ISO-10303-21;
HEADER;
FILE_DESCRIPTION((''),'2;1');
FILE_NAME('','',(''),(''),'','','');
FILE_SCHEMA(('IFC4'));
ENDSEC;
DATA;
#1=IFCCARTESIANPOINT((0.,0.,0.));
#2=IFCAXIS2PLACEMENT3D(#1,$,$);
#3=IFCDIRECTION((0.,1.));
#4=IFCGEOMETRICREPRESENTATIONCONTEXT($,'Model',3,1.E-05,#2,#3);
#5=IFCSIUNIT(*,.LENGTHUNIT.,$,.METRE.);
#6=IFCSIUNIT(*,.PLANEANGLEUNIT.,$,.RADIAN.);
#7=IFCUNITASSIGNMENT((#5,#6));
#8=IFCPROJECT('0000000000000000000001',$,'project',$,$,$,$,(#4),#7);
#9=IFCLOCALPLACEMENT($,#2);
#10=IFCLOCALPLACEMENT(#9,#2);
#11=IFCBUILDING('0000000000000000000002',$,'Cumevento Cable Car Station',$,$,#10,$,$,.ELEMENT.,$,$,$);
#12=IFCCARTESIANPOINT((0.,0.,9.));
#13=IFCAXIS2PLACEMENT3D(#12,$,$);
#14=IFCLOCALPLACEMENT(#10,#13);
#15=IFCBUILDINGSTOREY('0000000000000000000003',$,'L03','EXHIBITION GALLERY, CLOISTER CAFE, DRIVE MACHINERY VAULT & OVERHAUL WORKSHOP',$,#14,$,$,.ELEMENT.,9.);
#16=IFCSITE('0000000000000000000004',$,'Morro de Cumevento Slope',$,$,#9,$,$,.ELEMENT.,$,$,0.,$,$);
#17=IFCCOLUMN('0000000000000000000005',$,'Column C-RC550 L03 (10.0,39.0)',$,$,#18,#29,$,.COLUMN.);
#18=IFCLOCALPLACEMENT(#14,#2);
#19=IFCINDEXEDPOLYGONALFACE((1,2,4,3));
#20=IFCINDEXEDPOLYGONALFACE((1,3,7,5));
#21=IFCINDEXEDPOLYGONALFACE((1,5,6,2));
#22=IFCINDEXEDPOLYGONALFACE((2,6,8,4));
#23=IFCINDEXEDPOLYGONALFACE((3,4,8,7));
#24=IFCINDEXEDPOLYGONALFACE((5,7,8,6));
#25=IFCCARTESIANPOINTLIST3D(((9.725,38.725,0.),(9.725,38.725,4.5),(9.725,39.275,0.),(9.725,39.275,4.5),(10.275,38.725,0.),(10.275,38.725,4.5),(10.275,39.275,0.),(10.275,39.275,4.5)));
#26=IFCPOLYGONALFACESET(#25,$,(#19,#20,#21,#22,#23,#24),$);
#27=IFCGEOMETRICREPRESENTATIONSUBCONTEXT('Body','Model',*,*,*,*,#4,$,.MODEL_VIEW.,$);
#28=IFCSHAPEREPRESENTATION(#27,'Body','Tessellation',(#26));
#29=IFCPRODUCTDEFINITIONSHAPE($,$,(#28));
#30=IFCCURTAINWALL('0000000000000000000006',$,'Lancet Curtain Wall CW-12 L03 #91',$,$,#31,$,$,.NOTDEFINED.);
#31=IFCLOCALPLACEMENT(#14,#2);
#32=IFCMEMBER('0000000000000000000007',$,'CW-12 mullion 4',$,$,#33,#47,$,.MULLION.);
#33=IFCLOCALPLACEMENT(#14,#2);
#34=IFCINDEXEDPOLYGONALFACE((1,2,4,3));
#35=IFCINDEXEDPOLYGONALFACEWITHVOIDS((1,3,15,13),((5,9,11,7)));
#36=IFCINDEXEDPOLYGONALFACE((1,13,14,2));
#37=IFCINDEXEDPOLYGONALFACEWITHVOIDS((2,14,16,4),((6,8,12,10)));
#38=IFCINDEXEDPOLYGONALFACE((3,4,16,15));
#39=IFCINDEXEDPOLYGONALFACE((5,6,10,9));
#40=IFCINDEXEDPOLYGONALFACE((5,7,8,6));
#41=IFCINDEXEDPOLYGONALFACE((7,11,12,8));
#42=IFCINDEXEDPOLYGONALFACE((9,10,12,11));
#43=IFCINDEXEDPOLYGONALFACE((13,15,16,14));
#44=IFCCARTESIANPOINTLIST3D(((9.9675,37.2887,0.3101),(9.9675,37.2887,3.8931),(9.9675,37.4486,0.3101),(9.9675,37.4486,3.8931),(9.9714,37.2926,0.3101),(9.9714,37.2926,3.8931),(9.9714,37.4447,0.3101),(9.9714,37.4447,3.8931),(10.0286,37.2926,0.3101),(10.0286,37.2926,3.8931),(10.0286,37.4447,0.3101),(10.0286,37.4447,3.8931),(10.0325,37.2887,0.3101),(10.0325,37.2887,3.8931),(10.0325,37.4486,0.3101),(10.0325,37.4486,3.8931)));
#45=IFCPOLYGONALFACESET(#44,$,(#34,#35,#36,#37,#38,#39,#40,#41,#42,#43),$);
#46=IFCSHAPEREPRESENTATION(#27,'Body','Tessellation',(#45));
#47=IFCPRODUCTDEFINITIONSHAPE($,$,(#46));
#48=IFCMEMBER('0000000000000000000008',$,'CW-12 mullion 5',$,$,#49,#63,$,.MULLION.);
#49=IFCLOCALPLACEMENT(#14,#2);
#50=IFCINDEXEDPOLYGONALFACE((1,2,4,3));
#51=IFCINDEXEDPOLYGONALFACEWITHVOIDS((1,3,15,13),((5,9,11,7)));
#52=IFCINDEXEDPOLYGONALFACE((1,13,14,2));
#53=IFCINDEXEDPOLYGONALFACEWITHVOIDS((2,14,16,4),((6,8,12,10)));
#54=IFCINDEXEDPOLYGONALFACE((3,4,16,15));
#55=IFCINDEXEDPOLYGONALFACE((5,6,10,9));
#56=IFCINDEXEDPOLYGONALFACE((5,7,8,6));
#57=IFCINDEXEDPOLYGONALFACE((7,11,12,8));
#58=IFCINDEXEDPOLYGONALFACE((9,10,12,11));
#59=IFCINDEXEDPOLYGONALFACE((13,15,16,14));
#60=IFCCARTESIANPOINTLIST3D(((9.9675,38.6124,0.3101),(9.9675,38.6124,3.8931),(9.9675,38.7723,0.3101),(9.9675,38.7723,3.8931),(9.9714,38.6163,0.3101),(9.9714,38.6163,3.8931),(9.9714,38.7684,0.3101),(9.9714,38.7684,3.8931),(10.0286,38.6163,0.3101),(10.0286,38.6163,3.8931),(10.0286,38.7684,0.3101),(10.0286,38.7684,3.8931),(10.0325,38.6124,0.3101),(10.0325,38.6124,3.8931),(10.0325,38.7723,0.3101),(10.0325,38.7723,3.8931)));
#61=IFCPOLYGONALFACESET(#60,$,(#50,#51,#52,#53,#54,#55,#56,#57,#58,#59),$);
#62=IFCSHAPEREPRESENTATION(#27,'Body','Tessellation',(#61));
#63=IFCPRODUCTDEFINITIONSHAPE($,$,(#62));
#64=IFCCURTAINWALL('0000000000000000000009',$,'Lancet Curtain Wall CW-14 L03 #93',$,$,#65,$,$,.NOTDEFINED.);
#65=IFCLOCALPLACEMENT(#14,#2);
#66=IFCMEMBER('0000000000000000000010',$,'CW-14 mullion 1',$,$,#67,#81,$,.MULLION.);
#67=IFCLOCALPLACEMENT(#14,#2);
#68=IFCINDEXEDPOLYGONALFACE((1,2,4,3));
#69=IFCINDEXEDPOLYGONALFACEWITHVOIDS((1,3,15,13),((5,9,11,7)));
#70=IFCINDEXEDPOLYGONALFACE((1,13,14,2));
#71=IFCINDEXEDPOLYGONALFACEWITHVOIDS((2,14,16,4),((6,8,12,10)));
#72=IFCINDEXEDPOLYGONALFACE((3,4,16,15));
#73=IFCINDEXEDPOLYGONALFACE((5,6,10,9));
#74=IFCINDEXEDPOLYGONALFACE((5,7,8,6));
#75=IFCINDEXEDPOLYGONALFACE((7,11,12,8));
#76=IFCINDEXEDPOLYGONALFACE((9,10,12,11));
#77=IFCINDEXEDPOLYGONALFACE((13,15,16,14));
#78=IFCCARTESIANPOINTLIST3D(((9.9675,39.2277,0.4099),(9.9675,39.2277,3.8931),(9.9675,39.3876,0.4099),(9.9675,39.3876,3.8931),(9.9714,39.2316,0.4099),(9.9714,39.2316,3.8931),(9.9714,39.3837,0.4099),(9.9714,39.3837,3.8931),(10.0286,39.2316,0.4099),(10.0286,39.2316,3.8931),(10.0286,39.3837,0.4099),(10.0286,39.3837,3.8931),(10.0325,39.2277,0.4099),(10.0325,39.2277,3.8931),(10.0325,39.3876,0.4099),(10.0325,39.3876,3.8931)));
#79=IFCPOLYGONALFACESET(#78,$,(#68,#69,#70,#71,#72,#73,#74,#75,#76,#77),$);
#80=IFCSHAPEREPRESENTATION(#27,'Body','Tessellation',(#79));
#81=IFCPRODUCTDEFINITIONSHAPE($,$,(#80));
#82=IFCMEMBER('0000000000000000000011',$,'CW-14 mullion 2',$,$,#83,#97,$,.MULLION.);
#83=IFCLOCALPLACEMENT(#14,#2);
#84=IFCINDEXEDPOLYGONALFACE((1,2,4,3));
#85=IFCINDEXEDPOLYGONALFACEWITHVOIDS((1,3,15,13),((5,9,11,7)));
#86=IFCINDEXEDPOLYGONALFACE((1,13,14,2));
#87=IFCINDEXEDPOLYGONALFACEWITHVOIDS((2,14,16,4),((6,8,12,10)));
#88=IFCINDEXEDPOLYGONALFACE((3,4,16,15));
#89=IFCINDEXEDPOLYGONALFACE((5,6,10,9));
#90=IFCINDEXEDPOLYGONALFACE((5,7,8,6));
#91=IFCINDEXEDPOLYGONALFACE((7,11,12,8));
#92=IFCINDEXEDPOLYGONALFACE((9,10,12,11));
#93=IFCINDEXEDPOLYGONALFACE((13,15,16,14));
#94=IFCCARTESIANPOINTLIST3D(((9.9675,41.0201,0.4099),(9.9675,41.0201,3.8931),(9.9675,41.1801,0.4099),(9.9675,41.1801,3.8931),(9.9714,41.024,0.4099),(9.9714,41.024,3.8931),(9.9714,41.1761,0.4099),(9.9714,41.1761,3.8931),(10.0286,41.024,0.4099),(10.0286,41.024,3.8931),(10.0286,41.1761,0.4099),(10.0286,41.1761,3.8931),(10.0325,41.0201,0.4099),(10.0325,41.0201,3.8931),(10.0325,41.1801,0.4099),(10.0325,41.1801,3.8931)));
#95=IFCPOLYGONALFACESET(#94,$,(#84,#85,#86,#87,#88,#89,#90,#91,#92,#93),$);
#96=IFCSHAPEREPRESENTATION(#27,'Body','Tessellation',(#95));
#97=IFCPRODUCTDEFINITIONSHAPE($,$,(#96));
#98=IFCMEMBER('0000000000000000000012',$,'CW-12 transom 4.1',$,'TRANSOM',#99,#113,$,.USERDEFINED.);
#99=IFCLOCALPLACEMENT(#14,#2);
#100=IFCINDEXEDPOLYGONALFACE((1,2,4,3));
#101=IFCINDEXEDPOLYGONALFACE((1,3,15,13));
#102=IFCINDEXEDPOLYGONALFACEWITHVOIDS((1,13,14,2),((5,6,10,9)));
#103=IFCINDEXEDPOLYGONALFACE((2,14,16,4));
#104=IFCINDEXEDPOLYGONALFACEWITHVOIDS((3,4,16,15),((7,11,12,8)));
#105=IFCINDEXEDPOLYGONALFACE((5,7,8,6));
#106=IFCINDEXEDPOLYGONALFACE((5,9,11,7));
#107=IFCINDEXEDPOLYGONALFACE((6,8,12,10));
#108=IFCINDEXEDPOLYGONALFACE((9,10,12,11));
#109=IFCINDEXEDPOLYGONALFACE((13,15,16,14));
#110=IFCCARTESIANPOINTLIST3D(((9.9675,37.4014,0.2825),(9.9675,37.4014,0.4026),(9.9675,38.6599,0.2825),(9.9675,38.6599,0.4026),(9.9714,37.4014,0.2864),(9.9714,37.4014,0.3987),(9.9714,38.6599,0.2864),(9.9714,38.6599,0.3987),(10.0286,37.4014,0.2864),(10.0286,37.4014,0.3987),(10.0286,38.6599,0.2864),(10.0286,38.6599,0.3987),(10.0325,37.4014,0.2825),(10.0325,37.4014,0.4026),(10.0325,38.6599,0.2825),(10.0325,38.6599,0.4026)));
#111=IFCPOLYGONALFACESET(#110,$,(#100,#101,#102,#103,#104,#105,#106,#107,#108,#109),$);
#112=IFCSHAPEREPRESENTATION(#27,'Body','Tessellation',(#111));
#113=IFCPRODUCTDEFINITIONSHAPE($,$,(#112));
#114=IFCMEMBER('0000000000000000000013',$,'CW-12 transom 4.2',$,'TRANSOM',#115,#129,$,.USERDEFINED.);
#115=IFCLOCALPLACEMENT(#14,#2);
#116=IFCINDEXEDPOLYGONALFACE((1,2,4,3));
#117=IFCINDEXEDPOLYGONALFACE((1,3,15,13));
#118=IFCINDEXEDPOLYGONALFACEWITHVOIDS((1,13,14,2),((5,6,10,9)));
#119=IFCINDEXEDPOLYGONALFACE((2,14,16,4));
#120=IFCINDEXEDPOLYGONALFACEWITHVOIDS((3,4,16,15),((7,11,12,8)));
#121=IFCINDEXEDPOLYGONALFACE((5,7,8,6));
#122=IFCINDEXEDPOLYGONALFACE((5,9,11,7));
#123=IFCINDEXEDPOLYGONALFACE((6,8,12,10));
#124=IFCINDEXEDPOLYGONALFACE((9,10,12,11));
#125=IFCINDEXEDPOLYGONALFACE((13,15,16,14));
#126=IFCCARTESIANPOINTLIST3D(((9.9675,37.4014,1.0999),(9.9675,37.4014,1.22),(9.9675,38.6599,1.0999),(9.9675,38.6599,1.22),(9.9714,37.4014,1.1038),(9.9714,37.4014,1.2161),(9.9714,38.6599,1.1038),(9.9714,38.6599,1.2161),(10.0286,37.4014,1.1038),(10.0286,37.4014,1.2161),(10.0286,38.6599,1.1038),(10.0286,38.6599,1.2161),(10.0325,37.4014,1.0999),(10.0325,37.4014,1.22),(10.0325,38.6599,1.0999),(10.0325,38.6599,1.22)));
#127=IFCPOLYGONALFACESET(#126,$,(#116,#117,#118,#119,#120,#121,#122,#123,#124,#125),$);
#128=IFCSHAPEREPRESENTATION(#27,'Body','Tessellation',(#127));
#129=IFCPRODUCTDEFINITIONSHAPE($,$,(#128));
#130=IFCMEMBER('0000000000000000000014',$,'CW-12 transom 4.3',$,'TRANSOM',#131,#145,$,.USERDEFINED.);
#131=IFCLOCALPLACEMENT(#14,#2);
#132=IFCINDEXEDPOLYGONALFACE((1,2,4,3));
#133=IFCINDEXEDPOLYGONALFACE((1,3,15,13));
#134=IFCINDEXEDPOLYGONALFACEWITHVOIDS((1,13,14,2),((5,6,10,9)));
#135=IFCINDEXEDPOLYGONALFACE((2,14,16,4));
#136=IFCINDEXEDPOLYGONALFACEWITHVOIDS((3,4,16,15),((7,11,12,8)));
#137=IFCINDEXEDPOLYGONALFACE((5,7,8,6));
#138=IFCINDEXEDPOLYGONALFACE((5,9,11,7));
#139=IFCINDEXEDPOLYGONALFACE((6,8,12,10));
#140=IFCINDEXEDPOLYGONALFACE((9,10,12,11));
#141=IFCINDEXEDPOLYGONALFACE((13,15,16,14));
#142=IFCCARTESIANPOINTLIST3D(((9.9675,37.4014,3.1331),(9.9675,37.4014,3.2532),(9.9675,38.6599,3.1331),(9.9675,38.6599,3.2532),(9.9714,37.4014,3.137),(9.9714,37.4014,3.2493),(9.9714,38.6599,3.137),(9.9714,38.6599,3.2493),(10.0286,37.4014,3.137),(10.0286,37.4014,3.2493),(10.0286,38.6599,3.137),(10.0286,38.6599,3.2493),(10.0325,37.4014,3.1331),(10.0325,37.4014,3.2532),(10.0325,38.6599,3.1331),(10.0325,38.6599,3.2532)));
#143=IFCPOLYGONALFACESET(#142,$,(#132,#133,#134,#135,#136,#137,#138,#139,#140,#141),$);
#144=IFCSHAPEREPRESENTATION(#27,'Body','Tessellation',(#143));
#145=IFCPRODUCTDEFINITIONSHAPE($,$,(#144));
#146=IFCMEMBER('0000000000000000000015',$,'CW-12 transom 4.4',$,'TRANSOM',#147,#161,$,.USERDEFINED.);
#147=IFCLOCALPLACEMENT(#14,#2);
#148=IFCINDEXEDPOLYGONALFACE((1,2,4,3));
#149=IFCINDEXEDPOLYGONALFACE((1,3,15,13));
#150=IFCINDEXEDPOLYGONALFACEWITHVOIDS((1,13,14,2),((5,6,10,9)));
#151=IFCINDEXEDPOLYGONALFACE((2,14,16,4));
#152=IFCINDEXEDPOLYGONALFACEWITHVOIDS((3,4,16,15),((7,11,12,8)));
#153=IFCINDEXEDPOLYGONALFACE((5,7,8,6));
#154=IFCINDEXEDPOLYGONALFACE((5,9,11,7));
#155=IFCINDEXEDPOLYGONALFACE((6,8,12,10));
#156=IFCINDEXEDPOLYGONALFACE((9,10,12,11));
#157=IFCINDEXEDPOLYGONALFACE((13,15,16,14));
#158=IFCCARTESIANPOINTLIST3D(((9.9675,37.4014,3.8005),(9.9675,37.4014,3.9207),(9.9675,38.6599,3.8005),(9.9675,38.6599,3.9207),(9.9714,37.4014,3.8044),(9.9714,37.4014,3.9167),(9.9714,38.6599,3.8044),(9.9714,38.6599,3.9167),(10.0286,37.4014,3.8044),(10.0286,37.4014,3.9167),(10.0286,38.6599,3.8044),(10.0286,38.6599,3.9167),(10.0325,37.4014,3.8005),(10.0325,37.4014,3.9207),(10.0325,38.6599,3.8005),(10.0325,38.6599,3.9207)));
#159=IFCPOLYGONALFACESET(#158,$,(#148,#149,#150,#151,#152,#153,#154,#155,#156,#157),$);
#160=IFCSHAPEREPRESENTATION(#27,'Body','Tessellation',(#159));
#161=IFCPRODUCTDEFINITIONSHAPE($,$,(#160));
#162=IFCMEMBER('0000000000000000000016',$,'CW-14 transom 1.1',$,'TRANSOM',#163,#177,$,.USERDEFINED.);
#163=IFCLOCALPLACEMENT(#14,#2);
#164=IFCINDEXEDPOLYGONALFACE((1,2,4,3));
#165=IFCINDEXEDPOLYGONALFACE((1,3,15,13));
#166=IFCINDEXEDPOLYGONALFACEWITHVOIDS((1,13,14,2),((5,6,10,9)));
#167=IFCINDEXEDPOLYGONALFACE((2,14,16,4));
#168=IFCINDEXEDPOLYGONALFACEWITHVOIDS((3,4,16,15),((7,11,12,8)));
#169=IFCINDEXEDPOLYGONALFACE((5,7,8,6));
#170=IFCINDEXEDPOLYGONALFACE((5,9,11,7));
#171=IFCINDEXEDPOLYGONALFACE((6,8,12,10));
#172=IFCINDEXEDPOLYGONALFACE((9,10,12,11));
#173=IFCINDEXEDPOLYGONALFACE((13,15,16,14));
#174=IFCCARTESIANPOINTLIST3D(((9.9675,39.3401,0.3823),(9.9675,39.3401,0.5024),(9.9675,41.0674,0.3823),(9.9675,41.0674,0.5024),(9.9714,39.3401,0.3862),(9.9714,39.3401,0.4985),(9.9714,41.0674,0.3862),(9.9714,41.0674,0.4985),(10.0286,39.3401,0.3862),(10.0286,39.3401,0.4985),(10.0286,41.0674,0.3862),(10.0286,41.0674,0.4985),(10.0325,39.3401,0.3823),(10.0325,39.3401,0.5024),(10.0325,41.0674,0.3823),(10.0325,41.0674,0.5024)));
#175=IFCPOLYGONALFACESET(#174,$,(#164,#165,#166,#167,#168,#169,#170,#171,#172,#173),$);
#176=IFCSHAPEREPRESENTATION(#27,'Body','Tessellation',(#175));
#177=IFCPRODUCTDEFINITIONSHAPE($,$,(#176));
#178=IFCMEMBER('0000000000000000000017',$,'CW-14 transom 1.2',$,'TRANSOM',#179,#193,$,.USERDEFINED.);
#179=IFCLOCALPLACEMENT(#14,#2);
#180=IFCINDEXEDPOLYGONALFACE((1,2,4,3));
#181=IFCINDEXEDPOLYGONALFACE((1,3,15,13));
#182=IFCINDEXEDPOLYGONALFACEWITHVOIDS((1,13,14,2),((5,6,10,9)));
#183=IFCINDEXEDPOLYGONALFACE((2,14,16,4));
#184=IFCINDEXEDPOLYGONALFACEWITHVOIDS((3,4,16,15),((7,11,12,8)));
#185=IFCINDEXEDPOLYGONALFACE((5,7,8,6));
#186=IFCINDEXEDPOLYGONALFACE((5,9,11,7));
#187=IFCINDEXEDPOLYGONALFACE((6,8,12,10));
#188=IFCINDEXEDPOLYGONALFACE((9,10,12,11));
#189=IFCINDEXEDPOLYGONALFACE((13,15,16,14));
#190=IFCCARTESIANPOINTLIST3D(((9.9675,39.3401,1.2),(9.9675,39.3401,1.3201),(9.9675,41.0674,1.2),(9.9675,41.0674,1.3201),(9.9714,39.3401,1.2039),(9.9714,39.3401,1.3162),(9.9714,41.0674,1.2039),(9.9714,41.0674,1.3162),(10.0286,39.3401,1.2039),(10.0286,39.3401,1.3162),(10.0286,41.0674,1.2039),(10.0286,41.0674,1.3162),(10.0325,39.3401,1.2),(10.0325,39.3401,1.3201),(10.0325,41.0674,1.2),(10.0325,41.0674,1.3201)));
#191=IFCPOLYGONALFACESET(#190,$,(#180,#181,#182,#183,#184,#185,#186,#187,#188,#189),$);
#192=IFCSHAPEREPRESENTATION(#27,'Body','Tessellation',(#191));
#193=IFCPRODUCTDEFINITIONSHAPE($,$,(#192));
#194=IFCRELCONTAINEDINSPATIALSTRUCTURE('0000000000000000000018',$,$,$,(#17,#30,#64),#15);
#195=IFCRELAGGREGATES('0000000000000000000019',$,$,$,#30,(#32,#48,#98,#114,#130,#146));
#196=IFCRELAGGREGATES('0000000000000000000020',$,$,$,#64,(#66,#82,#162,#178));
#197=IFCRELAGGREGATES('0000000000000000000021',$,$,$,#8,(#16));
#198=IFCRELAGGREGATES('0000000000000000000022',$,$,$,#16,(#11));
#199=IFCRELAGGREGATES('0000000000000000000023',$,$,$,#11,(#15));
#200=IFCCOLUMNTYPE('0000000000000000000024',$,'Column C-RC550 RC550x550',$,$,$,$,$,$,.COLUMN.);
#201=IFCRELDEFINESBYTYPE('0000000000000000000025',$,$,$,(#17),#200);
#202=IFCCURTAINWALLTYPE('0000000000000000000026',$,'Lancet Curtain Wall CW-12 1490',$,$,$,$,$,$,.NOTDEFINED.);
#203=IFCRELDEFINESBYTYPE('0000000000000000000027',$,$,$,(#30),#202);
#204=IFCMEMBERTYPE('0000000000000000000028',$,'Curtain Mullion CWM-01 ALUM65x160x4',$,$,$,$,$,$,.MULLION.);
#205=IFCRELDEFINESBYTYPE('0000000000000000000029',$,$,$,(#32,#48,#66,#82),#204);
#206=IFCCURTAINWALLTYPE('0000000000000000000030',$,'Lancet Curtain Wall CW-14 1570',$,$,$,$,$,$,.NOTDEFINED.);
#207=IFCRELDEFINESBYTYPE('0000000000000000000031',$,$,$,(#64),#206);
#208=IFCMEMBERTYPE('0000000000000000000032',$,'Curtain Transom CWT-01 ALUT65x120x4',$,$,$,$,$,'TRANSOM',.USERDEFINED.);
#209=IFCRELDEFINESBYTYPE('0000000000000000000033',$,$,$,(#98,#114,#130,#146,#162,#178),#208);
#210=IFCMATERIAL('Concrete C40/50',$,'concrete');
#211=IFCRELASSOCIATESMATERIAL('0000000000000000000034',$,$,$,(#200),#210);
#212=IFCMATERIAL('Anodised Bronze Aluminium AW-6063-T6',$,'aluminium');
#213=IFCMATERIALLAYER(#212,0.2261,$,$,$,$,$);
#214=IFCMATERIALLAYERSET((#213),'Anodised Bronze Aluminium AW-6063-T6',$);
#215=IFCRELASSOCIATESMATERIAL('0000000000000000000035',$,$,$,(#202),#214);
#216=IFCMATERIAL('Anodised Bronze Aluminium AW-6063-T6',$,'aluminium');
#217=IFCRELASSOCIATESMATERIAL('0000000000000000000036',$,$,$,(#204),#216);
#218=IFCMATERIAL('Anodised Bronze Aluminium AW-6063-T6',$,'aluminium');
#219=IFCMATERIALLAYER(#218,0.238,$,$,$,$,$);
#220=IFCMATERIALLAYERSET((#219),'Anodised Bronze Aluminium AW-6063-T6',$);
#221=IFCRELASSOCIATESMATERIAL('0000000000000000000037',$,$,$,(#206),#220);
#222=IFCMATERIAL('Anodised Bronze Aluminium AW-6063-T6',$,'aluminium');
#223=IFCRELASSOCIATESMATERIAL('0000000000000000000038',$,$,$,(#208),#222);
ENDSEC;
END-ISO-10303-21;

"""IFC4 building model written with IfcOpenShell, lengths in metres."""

from ifc_helpers import new_model, si_unit, direction, frame, origin, origin_2d, place, context, subcontext, project, spatial, rectangle, hollow_rectangle, extrude, material, layer, layer_set, material_profile, profile_set, type_object, element, aggregate, save


model = new_model("IFC4")

# Units and contexts
model_context = context("Model", 3, precision=1e-05, world=origin(), true_north=direction((0.0, 1.0)))
body_context = subcontext(model_context, "Body", "Model", "MODEL_VIEW")
ifc_project = project(units=[si_unit("LENGTHUNIT", "METRE"), si_unit("PLANEANGLEUNIT", "RADIAN")], contexts=[model_context])

# Site, building, storey
site_placement = place(None, origin())
site = spatial("IfcSite", under=ifc_project, at=site_placement, Name="Morro de Cumevento Slope", CompositionType="ELEMENT", RefElevation=0.0)
building_placement = place(site_placement, origin())
building = spatial("IfcBuilding", under=site, at=building_placement, Name="Cumevento Cable Car Station", CompositionType="ELEMENT")
storey_placement = place(building_placement, frame((0.0, 0.0, 9.0)))
storey = spatial("IfcBuildingStorey", under=building, at=storey_placement, Name="L03", Description="EXHIBITION GALLERY, CLOISTER CAFE, DRIVE MACHINERY VAULT & OVERHAUL WORKSHOP", CompositionType="ELEMENT", Elevation=9.0)

# Column
ifc_material_1 = material(Name="Concrete C40/50", Category="concrete")
ifc_material_profile_1 = material_profile(ifc_material_1, rectangle(XDim=0.55, YDim=0.55, at=origin_2d()), Name="RC550x550")
ifc_profile_set_1 = profile_set([ifc_material_profile_1], Name="Concrete C40/50")
column_type = type_object("IfcColumnType", Name="Column C-RC550 RC550x550", PredefinedType="COLUMN", material=ifc_profile_set_1)
column_placement = place(storey_placement, frame((10.0, 39.0, 0.0), z_axis=(0.0, 0.0, 1.0), x_axis=(1.0, 0.0, 0.0)))
element("IfcColumn", 1, at=column_placement, inside=storey, type_object=column_type, Name="Column C-RC550 L03 (10.0,39.0)", PredefinedType="COLUMN", context=body_context, shape_type="SweptSolid", body=[
    extrude(rectangle(XDim=0.55, YDim=0.55, at=origin_2d()), origin(), (0.0, 0.0, 1.0), 4.5),
])

# Curtain walls, members
ifc_material_2 = material(Name="Anodised Bronze Aluminium AW-6063-T6", Category="aluminium")
ifc_layer_1 = layer(ifc_material_2, 0.2261)
ifc_layer_set_1 = layer_set([ifc_layer_1], Name="Anodised Bronze Aluminium AW-6063-T6")
curtain_wall_type_1 = type_object("IfcCurtainWallType", Name="Lancet Curtain Wall CW-12 1490", PredefinedType="NOTDEFINED", material=ifc_layer_set_1)
curtain_wall_1_placement = place(storey_placement, origin())
curtain_wall_1 = element("IfcCurtainWall", 2, at=curtain_wall_1_placement, inside=storey, type_object=curtain_wall_type_1, Name="Lancet Curtain Wall CW-12 L03 #91", PredefinedType="NOTDEFINED")
ifc_material_3 = material(Name="Anodised Bronze Aluminium AW-6063-T6", Category="aluminium")
ifc_material_profile_2 = material_profile(ifc_material_3, hollow_rectangle(XDim=0.0649, YDim=0.1599, WallThickness=0.0039, at=origin_2d()), Name="ALUM65x160x4")
ifc_profile_set_2 = profile_set([ifc_material_profile_2], Name="Anodised Bronze Aluminium AW-6063-T6")
member_type_1 = type_object("IfcMemberType", Name="Curtain Mullion CWM-01 ALUM65x160x4", PredefinedType="MULLION", material=ifc_profile_set_2)
member_1_placement = place(storey_placement, frame((10.0, 37.3687, 0.3101), z_axis=(0.0, 0.0, 1.0), x_axis=(-1.0, 0.0, 0.0)))
member_1 = element("IfcMember", 3, at=member_1_placement, type_object=member_type_1, Name="CW-12 mullion 4", PredefinedType="MULLION", context=body_context, shape_type="SweptSolid", body=[
    extrude(hollow_rectangle(XDim=0.0649, YDim=0.1599, WallThickness=0.0039, at=origin_2d()), origin(), (0.0, 0.0, 1.0), 3.583),
])
member_2_placement = place(storey_placement, frame((10.0, 38.6924, 0.3101), z_axis=(0.0, 0.0, 1.0), x_axis=(-1.0, 0.0, 0.0)))
member_2 = element("IfcMember", 4, at=member_2_placement, type_object=member_type_1, Name="CW-12 mullion 5", PredefinedType="MULLION", context=body_context, shape_type="SweptSolid", body=[
    extrude(hollow_rectangle(XDim=0.0649, YDim=0.1599, WallThickness=0.0039, at=origin_2d()), origin(), (0.0, 0.0, 1.0), 3.583),
])
ifc_material_4 = material(Name="Anodised Bronze Aluminium AW-6063-T6", Category="aluminium")
ifc_layer_2 = layer(ifc_material_4, 0.238)
ifc_layer_set_2 = layer_set([ifc_layer_2], Name="Anodised Bronze Aluminium AW-6063-T6")
curtain_wall_type_2 = type_object("IfcCurtainWallType", Name="Lancet Curtain Wall CW-14 1570", PredefinedType="NOTDEFINED", material=ifc_layer_set_2)
curtain_wall_2_placement = place(storey_placement, origin())
curtain_wall_2 = element("IfcCurtainWall", 5, at=curtain_wall_2_placement, inside=storey, type_object=curtain_wall_type_2, Name="Lancet Curtain Wall CW-14 L03 #93", PredefinedType="NOTDEFINED")
member_3_placement = place(storey_placement, frame((10.0, 39.3076, 0.4099), z_axis=(0.0, 0.0, 1.0), x_axis=(-1.0, 0.0, 0.0)))
member_3 = element("IfcMember", 6, at=member_3_placement, type_object=member_type_1, Name="CW-14 mullion 1", PredefinedType="MULLION", context=body_context, shape_type="SweptSolid", body=[
    extrude(hollow_rectangle(XDim=0.0649, YDim=0.1599, WallThickness=0.0039, at=origin_2d()), origin(), (0.0, 0.0, 1.0), 3.4832),
])
member_4_placement = place(storey_placement, frame((10.0, 41.1001, 0.4099), z_axis=(0.0, 0.0, 1.0), x_axis=(-1.0, 0.0, 0.0)))
member_4 = element("IfcMember", 7, at=member_4_placement, type_object=member_type_1, Name="CW-14 mullion 2", PredefinedType="MULLION", context=body_context, shape_type="SweptSolid", body=[
    extrude(hollow_rectangle(XDim=0.0649, YDim=0.1599, WallThickness=0.0039, at=origin_2d()), origin(), (0.0, 0.0, 1.0), 3.4832),
])

# Members
ifc_material_5 = material(Name="Anodised Bronze Aluminium AW-6063-T6", Category="aluminium")
ifc_material_profile_3 = material_profile(ifc_material_5, hollow_rectangle(XDim=0.0649, YDim=0.1201, WallThickness=0.0039, at=origin_2d()), Name="ALUT65x120x4")
ifc_profile_set_3 = profile_set([ifc_material_profile_3], Name="Anodised Bronze Aluminium AW-6063-T6")
member_type_2 = type_object("IfcMemberType", Name="Curtain Transom CWT-01 ALUT65x120x4", ElementType="TRANSOM", PredefinedType="USERDEFINED", material=ifc_profile_set_3)
member_5_placement = place(storey_placement, frame((10.0, 37.4014, 0.3425), z_axis=(0.0, 1.0, 0.0), x_axis=(-1.0, 0.0, 0.0)))
member_5 = element("IfcMember", 8, at=member_5_placement, type_object=member_type_2, Name="CW-12 transom 4.1", ObjectType="TRANSOM", PredefinedType="USERDEFINED", context=body_context, shape_type="SweptSolid", body=[
    extrude(hollow_rectangle(XDim=0.0649, YDim=0.1201, WallThickness=0.0039, at=origin_2d()), origin(), (0.0, 0.0, 1.0), 1.2585),
])
member_6_placement = place(storey_placement, frame((10.0, 37.4014, 1.1599), z_axis=(0.0, 1.0, 0.0), x_axis=(-1.0, 0.0, 0.0)))
member_6 = element("IfcMember", 9, at=member_6_placement, type_object=member_type_2, Name="CW-12 transom 4.2", ObjectType="TRANSOM", PredefinedType="USERDEFINED", context=body_context, shape_type="SweptSolid", body=[
    extrude(hollow_rectangle(XDim=0.0649, YDim=0.1201, WallThickness=0.0039, at=origin_2d()), origin(), (0.0, 0.0, 1.0), 1.2585),
])
member_7_placement = place(storey_placement, frame((10.0, 37.4014, 3.1931), z_axis=(0.0, 1.0, 0.0), x_axis=(-1.0, 0.0, 0.0)))
member_7 = element("IfcMember", 10, at=member_7_placement, type_object=member_type_2, Name="CW-12 transom 4.3", ObjectType="TRANSOM", PredefinedType="USERDEFINED", context=body_context, shape_type="SweptSolid", body=[
    extrude(hollow_rectangle(XDim=0.0649, YDim=0.1201, WallThickness=0.0039, at=origin_2d()), origin(), (0.0, 0.0, 1.0), 1.2585),
])
member_8_placement = place(storey_placement, frame((10.0, 37.4014, 3.8606), z_axis=(0.0, 1.0, 0.0), x_axis=(-1.0, 0.0, 0.0)))
member_8 = element("IfcMember", 11, at=member_8_placement, type_object=member_type_2, Name="CW-12 transom 4.4", ObjectType="TRANSOM", PredefinedType="USERDEFINED", context=body_context, shape_type="SweptSolid", body=[
    extrude(hollow_rectangle(XDim=0.0649, YDim=0.1201, WallThickness=0.0039, at=origin_2d()), origin(), (0.0, 0.0, 1.0), 1.2585),
])
member_9_placement = place(storey_placement, frame((10.0, 39.3401, 0.4424), z_axis=(0.0, 1.0, 0.0), x_axis=(-1.0, 0.0, 0.0)))
member_9 = element("IfcMember", 12, at=member_9_placement, type_object=member_type_2, Name="CW-14 transom 1.1", ObjectType="TRANSOM", PredefinedType="USERDEFINED", context=body_context, shape_type="SweptSolid", body=[
    extrude(hollow_rectangle(XDim=0.0649, YDim=0.1201, WallThickness=0.0039, at=origin_2d()), origin(), (0.0, 0.0, 1.0), 1.7273),
])
member_10_placement = place(storey_placement, frame((10.0, 39.3401, 1.26), z_axis=(0.0, 1.0, 0.0), x_axis=(-1.0, 0.0, 0.0)))
member_10 = element("IfcMember", 13, at=member_10_placement, type_object=member_type_2, Name="CW-14 transom 1.2", ObjectType="TRANSOM", PredefinedType="USERDEFINED", context=body_context, shape_type="SweptSolid", body=[
    extrude(hollow_rectangle(XDim=0.0649, YDim=0.1201, WallThickness=0.0039, at=origin_2d()), origin(), (0.0, 0.0, 1.0), 1.7273),
])

aggregate(curtain_wall_1, [member_1, member_2, member_5, member_6, member_7, member_8])
aggregate(curtain_wall_2, [member_3, member_4, member_9, member_10])

save(model, "model.ifc")
